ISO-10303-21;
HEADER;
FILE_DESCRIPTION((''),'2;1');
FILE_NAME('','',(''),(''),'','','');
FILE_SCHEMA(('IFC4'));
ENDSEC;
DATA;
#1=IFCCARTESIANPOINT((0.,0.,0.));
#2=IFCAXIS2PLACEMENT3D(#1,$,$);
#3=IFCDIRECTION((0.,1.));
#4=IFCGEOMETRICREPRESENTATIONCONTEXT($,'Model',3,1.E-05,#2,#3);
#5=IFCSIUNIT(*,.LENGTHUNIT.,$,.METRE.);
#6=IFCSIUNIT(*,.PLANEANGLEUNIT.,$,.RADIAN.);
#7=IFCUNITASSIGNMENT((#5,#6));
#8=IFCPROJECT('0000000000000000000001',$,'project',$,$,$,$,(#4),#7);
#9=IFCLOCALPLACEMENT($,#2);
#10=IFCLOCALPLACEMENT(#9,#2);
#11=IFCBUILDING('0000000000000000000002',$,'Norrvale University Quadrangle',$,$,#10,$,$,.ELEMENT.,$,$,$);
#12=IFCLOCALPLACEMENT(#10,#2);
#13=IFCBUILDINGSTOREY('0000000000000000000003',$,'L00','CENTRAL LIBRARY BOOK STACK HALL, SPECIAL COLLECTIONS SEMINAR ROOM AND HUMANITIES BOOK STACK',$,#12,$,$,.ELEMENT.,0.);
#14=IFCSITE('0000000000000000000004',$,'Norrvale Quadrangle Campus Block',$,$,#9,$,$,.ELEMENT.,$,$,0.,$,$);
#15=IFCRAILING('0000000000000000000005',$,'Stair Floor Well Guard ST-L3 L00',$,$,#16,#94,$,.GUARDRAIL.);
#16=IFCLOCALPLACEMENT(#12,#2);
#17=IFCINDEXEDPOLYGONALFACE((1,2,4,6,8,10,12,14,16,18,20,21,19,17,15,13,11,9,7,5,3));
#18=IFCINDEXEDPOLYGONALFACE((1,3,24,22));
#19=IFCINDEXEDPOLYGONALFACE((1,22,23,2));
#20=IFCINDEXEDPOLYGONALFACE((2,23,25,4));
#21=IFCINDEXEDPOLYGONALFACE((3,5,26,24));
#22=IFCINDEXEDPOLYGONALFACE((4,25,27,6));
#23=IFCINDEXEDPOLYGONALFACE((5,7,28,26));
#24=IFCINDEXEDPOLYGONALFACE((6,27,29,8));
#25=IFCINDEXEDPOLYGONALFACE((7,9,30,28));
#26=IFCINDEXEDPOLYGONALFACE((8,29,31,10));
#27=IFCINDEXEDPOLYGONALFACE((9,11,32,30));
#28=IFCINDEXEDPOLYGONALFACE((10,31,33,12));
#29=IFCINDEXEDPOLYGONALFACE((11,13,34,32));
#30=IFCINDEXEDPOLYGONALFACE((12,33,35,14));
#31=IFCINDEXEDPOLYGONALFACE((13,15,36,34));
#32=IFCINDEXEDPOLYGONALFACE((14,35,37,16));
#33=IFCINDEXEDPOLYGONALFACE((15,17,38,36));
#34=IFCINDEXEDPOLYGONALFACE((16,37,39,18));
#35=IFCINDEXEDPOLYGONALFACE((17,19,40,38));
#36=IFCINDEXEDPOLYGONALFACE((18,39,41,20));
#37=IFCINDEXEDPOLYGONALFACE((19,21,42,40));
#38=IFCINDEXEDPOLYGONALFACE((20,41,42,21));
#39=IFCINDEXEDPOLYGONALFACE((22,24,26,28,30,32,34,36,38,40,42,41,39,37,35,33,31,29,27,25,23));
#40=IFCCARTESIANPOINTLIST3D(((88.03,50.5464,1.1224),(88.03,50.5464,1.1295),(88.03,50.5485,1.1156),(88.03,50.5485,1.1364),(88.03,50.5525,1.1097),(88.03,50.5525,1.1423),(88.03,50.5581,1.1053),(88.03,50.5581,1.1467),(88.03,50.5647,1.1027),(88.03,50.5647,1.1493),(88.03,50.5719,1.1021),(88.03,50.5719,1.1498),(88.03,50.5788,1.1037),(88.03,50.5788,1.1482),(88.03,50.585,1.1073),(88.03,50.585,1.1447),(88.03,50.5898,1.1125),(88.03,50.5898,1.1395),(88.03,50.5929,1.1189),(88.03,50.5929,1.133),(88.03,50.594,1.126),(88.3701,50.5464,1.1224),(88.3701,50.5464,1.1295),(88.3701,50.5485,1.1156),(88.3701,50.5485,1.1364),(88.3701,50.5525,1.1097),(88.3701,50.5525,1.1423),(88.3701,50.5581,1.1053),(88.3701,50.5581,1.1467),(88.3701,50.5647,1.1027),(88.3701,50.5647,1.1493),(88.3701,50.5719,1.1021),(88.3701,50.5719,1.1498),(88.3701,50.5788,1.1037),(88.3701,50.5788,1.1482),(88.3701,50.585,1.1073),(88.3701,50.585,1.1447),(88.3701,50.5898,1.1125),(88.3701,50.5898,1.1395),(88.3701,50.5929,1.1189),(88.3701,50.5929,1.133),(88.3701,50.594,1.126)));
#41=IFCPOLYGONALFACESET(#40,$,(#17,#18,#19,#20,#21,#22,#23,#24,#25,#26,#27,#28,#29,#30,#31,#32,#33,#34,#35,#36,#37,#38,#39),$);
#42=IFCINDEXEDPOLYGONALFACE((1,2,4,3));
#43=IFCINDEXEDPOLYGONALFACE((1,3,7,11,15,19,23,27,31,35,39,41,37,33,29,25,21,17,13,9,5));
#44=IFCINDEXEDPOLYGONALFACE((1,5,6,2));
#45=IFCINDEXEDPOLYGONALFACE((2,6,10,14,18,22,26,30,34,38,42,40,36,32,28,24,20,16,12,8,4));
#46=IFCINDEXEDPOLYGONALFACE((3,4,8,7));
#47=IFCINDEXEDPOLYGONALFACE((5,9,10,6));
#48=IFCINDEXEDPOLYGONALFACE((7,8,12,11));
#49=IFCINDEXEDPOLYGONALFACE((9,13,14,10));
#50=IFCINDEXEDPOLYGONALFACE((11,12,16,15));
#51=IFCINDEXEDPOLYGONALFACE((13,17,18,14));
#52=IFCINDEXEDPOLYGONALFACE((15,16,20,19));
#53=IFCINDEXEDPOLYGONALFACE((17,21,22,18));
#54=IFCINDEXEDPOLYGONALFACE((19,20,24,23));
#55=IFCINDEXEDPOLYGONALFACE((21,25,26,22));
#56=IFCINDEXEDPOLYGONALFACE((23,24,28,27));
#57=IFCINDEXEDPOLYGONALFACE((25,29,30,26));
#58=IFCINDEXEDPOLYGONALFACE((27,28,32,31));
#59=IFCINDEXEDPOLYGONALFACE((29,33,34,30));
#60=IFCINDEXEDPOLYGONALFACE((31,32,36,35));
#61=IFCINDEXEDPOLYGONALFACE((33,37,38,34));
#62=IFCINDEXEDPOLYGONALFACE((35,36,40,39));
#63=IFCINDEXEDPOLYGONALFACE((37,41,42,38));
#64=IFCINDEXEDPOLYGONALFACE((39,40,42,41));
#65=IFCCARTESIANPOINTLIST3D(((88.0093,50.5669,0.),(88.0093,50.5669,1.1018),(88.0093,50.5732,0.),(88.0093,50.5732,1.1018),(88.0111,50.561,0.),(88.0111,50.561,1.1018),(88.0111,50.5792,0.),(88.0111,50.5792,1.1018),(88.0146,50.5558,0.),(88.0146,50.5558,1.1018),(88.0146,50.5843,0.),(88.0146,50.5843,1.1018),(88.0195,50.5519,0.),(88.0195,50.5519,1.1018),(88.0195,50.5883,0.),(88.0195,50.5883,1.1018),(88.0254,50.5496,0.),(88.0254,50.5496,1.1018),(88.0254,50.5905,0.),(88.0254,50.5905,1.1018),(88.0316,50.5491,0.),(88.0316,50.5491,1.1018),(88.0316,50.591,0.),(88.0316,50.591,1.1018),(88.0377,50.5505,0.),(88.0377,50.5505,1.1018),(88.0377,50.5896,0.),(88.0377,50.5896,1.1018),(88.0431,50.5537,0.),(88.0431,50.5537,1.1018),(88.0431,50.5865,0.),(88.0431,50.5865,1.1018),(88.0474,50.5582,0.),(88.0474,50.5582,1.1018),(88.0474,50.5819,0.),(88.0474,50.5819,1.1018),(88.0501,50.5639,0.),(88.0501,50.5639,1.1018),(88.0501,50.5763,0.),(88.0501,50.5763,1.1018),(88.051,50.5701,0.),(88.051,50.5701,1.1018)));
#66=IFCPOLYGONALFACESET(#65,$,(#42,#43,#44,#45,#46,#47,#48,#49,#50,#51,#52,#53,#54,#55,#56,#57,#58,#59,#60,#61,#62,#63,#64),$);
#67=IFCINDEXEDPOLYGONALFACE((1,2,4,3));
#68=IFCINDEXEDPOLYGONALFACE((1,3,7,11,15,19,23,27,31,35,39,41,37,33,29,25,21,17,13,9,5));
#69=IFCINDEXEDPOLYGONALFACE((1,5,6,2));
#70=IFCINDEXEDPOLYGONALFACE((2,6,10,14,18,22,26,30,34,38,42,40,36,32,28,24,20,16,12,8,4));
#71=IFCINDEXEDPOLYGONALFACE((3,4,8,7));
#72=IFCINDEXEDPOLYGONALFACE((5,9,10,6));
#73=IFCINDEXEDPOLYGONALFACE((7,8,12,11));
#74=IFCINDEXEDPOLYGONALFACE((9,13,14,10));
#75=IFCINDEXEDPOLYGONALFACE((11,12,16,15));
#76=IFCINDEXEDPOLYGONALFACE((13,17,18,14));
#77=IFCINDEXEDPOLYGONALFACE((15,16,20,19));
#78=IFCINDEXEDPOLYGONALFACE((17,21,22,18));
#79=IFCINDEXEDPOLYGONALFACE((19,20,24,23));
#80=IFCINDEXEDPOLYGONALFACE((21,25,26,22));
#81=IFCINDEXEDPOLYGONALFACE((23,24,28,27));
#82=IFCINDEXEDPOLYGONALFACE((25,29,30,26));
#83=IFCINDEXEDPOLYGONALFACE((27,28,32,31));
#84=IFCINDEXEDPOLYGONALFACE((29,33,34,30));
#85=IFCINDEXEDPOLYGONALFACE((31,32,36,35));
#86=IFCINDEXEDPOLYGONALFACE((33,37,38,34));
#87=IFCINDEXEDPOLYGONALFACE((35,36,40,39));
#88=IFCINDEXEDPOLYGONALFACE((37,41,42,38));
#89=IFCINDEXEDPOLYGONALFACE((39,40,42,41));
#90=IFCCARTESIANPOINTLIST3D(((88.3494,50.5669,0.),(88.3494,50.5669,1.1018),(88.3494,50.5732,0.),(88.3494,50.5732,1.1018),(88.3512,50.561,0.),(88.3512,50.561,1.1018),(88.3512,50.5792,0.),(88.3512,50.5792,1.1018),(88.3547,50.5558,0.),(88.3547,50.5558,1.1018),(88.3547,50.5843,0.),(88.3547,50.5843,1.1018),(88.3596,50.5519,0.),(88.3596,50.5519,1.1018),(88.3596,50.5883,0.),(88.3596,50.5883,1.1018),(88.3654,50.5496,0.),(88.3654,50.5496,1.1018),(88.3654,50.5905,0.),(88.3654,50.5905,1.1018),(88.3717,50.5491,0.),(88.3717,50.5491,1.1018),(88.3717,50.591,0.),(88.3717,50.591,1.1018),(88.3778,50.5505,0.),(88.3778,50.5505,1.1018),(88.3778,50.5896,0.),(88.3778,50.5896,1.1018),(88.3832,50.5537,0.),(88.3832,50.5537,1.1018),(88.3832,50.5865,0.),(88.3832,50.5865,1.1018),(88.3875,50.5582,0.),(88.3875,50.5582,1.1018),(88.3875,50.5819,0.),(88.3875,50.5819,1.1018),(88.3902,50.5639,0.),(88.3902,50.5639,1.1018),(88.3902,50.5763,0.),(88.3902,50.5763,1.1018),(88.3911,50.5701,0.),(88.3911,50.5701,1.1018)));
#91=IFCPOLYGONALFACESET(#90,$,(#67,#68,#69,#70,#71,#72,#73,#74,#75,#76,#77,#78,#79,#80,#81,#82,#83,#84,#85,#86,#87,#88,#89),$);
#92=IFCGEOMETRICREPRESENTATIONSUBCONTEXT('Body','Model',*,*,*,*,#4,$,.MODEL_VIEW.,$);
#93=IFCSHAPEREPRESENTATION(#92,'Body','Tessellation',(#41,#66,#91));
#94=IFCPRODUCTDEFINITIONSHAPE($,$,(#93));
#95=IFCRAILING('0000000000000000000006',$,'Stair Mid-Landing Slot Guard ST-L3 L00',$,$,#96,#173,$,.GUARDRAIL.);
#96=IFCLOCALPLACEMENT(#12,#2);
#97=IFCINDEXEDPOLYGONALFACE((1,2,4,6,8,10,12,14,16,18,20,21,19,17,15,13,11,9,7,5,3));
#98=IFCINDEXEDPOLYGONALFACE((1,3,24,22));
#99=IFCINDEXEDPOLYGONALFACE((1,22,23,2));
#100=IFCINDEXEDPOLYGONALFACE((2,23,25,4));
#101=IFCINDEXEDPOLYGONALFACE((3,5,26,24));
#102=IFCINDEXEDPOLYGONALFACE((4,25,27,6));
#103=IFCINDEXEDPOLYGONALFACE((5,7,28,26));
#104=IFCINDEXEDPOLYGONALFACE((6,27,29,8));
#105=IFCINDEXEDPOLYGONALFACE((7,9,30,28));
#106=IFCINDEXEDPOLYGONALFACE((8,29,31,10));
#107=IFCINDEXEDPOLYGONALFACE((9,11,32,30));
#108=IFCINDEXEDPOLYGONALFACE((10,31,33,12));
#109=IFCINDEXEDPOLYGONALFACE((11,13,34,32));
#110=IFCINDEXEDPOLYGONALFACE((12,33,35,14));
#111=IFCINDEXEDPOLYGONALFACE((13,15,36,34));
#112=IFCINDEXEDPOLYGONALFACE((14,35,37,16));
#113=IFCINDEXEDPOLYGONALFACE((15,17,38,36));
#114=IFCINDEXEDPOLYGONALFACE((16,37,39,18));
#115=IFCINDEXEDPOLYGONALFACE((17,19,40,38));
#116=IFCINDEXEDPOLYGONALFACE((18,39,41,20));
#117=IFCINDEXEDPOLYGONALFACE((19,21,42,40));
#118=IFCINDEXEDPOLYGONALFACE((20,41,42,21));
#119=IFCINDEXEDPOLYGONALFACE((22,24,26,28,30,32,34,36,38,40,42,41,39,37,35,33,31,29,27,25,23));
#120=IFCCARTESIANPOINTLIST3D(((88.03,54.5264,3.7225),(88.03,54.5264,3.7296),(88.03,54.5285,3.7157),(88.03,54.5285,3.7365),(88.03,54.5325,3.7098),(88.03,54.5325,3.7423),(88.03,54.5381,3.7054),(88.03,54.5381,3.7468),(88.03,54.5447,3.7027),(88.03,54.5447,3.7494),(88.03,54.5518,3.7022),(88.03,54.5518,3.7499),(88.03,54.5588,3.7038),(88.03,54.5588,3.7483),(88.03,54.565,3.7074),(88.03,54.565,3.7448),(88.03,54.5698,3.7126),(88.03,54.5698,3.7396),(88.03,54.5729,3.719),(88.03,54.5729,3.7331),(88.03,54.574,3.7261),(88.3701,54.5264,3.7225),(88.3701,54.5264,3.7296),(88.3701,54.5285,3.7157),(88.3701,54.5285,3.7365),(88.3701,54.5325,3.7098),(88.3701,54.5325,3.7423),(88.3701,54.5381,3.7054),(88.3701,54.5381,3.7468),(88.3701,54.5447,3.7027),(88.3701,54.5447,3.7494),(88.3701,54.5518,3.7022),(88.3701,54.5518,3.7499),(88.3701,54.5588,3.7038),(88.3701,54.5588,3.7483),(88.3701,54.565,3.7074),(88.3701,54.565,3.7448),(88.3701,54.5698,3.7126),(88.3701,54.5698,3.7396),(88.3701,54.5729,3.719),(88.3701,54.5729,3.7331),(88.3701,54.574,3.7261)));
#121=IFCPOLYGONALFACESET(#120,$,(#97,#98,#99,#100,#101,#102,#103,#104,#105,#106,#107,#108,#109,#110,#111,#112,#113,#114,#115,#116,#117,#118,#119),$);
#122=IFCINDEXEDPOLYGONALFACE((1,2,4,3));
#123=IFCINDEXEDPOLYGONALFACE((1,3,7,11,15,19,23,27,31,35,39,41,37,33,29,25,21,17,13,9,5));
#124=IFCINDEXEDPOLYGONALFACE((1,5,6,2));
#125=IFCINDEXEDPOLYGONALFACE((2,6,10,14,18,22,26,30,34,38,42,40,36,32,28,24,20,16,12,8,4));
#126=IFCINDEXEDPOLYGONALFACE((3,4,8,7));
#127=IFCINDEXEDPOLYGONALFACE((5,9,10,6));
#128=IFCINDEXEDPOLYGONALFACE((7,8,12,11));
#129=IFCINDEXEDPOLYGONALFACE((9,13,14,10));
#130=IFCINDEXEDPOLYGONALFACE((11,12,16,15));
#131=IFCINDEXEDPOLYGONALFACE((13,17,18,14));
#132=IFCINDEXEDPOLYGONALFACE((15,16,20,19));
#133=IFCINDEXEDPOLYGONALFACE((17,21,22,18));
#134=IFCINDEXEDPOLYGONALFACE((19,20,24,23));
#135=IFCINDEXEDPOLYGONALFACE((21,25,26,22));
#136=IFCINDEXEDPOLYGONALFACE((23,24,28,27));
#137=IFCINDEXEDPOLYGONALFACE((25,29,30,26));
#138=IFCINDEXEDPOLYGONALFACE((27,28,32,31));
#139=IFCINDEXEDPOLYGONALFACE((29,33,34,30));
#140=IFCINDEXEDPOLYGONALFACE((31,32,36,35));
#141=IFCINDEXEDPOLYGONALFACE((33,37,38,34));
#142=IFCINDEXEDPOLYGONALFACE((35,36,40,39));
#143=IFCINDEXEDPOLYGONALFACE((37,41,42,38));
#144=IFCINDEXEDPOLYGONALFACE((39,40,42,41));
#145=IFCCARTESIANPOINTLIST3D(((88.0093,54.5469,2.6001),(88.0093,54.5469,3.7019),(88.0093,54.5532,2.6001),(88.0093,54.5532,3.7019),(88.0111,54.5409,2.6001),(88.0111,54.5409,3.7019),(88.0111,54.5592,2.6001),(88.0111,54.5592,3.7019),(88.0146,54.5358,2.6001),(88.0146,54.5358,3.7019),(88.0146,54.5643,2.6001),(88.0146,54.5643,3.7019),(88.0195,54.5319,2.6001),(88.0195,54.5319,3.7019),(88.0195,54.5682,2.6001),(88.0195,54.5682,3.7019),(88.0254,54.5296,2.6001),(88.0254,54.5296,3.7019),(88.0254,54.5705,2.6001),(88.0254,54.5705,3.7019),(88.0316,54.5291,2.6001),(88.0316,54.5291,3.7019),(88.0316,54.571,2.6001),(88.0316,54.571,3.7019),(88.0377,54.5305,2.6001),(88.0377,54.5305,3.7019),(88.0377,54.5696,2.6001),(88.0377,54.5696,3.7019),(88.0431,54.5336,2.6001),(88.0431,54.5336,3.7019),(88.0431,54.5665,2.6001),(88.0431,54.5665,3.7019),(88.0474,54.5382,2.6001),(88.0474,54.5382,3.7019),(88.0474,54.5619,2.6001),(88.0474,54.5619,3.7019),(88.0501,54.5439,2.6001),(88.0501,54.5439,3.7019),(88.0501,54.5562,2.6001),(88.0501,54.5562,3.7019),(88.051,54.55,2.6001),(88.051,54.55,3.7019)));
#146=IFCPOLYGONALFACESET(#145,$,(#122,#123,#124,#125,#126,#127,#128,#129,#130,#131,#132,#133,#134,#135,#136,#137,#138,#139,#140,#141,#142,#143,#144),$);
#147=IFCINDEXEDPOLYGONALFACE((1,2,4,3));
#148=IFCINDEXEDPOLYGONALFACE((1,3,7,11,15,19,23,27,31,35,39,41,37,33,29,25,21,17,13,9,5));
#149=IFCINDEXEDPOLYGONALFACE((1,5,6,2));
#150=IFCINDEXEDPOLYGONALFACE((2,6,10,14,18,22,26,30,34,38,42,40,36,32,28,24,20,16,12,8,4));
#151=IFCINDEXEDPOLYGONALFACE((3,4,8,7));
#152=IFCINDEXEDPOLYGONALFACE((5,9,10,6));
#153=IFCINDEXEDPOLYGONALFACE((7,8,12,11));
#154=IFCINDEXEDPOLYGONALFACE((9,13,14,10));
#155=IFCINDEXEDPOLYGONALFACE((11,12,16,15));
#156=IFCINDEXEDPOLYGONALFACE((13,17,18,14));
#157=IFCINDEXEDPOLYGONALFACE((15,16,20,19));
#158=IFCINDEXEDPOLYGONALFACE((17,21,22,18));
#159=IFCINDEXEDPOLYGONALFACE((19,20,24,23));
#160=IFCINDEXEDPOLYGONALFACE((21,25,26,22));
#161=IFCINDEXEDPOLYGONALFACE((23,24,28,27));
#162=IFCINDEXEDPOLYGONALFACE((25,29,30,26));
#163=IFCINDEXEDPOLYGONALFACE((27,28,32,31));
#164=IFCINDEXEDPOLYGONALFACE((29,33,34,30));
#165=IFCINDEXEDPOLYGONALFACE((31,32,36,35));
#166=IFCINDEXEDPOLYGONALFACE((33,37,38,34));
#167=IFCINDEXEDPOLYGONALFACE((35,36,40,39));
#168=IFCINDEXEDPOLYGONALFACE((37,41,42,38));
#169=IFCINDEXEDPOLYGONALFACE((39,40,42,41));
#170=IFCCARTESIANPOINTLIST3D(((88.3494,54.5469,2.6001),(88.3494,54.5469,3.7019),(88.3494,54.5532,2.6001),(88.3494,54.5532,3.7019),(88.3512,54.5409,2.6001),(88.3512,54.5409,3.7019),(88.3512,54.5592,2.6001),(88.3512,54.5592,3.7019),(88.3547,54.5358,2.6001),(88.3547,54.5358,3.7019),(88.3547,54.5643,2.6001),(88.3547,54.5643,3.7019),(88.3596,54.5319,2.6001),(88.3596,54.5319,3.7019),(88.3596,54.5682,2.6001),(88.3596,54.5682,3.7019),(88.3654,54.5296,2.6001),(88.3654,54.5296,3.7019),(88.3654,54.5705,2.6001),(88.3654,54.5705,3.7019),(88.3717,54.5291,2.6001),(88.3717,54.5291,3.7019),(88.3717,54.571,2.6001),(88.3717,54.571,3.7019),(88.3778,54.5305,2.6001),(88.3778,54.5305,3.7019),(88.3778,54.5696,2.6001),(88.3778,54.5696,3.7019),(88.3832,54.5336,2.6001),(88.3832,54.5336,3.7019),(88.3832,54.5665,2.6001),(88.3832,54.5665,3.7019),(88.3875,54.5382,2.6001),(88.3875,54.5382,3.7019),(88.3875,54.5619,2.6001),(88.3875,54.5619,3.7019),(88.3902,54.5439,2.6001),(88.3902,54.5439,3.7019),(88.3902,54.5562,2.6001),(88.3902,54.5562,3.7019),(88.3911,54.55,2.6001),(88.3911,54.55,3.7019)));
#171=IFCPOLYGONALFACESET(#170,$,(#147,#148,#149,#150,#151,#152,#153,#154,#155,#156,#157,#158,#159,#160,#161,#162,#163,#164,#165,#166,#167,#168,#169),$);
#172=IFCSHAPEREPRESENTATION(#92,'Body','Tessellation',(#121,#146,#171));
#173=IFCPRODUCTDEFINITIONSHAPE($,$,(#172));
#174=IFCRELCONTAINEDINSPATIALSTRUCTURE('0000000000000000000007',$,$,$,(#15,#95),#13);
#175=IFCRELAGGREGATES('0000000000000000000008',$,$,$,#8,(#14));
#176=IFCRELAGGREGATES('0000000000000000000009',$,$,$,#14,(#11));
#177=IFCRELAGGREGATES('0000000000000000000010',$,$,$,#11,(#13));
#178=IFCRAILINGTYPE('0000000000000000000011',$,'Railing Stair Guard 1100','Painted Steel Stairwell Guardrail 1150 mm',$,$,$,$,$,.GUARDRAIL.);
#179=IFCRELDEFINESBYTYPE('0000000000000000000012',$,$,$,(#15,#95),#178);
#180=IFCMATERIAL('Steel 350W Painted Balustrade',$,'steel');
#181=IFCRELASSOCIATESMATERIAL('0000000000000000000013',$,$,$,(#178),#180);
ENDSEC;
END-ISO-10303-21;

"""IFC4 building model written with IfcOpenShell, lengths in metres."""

from ifc_helpers import new_model, si_unit, direction, frame, origin, origin_2d, place, context, subcontext, project, spatial, circle, extrude, material, type_object, element, save


model = new_model("IFC4")

# Units and contexts
model_context = context("Model", 3, precision=1e-05, world=origin(), true_north=direction((0.0, 1.0)))
body_context = subcontext(model_context, "Body", "Model", "MODEL_VIEW")
ifc_project = project(units=[si_unit("LENGTHUNIT", "METRE"), si_unit("PLANEANGLEUNIT", "RADIAN")], contexts=[model_context])

# Site, building, storey
site_placement = place(None, origin())
site = spatial("IfcSite", under=ifc_project, at=site_placement, Name="Norrvale Quadrangle Campus Block", CompositionType="ELEMENT", RefElevation=0.0)
building_placement = place(site_placement, origin())
building = spatial("IfcBuilding", under=site, at=building_placement, Name="Norrvale University Quadrangle", CompositionType="ELEMENT")
storey_placement = place(building_placement, origin())
storey = spatial("IfcBuildingStorey", under=building, at=storey_placement, Name="L00", Description="CENTRAL LIBRARY BOOK STACK HALL, SPECIAL COLLECTIONS SEMINAR ROOM AND HUMANITIES BOOK STACK", CompositionType="ELEMENT", Elevation=0.0)

# Railings
ifc_material_1 = material(Name="Steel 350W Painted Balustrade", Category="steel")
railing_type_1 = type_object("IfcRailingType", Name="Railing Stair Guard 1100", Description="Painted Steel Stairwell Guardrail 1150 mm", PredefinedType="GUARDRAIL", material=ifc_material_1)
for number, where, name in (
    (1, (88.03, 50.5701, 0.0), "Stair Floor Well Guard ST-L3 L00"),
    (2, (88.03, 54.55, 2.6001), "Stair Mid-Landing Slot Guard ST-L3 L00"),
):
    element("IfcRailing", number, at=place(storey_placement, frame(where)), inside=storey, type_object=railing_type_1, Name=name, PredefinedType="GUARDRAIL", context=body_context, shape_type="SweptSolid", body=[
        extrude(circle(Radius=0.0239, at=origin_2d()), frame((0.0, 0.0, 1.126), z_axis=(1.0, 0.0, 0.0), x_axis=(0.0, 1.0, 0.0)), (0.0, 0.0, 1.0), 0.3401),
        extrude(circle(Radius=0.021, at=origin_2d()), origin(), (0.0, 0.0, 1.0), 1.1018),
        extrude(circle(Radius=0.021, at=origin_2d()), frame((0.3401, 0.0, 0.0)), (0.0, 0.0, 1.0), 1.1018),
    ])

save(model, "model.ifc")
